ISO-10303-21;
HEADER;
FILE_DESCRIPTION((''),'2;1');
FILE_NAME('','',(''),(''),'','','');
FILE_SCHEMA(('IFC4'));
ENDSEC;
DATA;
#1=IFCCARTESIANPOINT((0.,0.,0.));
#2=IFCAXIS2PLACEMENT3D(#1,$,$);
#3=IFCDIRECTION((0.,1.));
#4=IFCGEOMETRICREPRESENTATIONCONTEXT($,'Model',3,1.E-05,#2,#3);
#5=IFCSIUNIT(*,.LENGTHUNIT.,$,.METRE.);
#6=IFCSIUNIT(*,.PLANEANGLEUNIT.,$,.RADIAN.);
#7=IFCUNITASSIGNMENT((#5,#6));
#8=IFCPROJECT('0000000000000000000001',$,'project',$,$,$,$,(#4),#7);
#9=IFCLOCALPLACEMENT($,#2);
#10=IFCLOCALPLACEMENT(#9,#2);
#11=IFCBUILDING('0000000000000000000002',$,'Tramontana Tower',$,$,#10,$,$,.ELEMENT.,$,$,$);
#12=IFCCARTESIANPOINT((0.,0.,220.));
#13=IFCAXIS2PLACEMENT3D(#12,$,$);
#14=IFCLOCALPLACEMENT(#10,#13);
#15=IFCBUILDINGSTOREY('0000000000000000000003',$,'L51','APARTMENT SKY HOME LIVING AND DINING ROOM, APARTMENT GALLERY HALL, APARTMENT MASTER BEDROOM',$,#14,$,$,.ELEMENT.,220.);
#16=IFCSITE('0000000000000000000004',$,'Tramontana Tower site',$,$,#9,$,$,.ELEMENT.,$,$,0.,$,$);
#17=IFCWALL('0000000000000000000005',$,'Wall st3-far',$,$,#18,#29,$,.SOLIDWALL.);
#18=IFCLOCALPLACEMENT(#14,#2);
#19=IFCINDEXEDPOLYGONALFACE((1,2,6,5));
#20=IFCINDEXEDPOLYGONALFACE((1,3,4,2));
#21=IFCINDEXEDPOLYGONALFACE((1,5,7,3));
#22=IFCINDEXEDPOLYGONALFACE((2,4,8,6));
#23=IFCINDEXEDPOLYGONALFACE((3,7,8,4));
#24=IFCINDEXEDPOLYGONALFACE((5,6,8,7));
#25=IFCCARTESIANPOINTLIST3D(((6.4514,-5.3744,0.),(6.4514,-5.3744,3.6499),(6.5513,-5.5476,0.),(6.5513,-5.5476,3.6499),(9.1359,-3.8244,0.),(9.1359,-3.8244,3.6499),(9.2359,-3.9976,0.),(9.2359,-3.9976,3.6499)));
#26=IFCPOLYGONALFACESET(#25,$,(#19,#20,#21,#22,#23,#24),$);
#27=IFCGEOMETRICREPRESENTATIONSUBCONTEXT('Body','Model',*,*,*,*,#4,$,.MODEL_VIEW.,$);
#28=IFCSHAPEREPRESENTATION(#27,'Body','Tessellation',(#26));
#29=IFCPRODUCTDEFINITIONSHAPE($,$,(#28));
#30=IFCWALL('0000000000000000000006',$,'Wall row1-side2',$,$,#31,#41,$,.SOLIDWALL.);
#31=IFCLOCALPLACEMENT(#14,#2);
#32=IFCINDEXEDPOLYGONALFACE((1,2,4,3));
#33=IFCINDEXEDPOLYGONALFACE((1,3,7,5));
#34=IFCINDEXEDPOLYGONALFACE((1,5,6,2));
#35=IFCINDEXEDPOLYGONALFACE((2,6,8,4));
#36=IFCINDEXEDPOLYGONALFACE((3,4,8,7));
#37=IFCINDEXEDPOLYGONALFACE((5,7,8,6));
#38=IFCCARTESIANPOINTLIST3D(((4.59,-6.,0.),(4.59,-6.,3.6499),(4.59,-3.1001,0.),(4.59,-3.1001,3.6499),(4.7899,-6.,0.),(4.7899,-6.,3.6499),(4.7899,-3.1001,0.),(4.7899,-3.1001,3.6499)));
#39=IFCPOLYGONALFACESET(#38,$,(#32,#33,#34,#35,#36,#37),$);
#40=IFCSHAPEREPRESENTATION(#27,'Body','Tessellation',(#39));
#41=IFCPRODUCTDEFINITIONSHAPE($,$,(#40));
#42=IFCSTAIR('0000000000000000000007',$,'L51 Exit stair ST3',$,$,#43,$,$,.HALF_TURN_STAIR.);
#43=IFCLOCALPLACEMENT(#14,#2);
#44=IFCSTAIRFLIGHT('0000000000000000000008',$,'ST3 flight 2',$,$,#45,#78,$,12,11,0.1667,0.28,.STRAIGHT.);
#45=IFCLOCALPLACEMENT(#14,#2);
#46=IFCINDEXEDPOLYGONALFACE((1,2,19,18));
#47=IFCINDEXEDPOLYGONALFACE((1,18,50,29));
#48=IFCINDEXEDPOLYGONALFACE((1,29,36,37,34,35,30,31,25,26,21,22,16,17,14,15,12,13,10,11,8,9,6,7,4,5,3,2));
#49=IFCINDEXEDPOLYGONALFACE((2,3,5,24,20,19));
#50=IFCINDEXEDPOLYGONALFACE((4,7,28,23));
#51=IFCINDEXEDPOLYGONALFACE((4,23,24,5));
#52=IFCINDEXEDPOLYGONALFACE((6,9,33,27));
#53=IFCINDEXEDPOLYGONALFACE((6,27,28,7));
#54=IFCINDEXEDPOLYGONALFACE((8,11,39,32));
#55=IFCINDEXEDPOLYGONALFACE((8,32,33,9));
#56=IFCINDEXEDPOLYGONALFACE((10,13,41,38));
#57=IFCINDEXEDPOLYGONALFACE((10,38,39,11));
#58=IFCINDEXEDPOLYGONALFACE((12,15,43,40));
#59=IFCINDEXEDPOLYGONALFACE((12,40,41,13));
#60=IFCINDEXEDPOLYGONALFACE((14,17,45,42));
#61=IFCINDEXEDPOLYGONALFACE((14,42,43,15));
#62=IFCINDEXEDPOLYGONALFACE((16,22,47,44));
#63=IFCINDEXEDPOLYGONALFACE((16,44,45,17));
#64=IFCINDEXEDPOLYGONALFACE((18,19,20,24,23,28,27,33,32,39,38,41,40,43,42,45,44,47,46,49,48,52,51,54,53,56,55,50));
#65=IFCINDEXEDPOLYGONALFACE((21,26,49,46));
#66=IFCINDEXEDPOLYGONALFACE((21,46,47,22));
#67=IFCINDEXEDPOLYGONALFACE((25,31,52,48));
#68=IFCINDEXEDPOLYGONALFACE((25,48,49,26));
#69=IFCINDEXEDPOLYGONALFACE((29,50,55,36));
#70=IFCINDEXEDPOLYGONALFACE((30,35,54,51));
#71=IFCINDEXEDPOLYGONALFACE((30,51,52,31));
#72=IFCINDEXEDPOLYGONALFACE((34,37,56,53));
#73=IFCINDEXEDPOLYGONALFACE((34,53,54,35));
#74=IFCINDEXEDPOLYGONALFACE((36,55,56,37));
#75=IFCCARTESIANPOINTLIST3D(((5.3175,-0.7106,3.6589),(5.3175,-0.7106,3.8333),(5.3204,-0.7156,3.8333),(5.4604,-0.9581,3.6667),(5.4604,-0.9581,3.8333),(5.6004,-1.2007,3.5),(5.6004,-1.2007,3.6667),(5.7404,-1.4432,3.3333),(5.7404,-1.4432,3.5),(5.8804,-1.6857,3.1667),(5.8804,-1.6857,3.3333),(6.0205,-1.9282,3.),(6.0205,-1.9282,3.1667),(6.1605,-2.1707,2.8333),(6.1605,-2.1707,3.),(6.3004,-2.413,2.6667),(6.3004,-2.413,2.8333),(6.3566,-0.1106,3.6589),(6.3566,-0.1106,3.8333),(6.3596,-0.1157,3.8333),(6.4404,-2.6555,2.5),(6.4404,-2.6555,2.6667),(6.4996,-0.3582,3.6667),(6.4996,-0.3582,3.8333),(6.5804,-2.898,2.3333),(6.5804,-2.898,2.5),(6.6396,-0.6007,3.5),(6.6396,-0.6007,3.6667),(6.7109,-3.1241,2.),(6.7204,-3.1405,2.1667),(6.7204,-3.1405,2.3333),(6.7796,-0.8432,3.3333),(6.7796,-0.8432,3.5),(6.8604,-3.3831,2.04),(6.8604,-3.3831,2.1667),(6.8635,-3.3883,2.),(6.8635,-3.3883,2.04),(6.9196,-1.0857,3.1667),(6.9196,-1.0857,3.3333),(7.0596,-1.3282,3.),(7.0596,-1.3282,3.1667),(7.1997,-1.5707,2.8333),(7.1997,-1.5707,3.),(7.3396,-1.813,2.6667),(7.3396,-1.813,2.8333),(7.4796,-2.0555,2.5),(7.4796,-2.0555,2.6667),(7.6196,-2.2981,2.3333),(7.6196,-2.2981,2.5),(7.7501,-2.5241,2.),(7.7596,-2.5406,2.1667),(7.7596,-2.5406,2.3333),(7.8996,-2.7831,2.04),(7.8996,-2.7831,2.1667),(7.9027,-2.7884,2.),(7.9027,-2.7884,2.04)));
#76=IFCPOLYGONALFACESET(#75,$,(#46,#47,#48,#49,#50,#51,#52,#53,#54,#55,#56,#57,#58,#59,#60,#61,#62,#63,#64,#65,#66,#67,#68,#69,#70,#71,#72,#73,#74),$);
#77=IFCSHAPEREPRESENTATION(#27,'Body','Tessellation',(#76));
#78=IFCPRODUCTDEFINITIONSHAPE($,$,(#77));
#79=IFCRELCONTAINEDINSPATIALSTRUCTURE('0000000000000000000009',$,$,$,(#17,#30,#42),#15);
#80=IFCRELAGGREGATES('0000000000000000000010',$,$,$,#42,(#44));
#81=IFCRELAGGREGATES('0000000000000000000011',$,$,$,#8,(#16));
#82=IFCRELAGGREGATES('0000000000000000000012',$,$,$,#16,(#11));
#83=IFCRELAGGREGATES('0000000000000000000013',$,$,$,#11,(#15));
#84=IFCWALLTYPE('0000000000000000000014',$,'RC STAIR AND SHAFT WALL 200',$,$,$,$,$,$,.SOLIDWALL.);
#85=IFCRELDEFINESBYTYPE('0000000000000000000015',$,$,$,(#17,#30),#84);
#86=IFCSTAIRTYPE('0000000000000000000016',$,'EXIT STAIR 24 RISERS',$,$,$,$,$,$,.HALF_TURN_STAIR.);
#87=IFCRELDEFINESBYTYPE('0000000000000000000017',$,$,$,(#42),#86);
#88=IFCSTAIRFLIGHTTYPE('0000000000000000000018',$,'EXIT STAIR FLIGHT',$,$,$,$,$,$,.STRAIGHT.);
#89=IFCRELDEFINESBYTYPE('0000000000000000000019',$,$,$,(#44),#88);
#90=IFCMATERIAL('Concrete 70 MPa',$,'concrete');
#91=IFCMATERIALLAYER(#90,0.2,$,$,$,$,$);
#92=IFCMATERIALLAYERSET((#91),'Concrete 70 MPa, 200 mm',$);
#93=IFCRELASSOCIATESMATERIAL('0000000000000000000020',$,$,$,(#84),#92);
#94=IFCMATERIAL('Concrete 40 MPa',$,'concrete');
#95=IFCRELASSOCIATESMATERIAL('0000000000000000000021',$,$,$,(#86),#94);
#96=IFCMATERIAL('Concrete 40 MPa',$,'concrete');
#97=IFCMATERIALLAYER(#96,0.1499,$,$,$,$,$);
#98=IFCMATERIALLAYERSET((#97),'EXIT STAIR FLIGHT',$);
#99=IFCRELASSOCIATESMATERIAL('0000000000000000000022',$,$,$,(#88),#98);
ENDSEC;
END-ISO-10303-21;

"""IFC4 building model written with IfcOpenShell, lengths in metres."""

from ifc_helpers import new_model, si_unit, direction, frame, frame_2d, origin, place, context, subcontext, project, spatial, polyline, rectangle, outline, extrude, material, layer, layer_set, type_object, element, aggregate, save


model = new_model("IFC4")

# Units and contexts
model_context = context("Model", 3, precision=1e-05, world=origin(), true_north=direction((0.0, 1.0)))
body_context = subcontext(model_context, "Body", "Model", "MODEL_VIEW")
ifc_project = project(units=[si_unit("LENGTHUNIT", "METRE"), si_unit("PLANEANGLEUNIT", "RADIAN")], contexts=[model_context])

# Site, building, storey
site_placement = place(None, origin())
site = spatial("IfcSite", under=ifc_project, at=site_placement, Name="Tramontana Tower site", CompositionType="ELEMENT", RefElevation=0.0)
building_placement = place(site_placement, origin())
building = spatial("IfcBuilding", under=site, at=building_placement, Name="Tramontana Tower", CompositionType="ELEMENT")
storey_placement = place(building_placement, frame((0.0, 0.0, 220.0)))
storey = spatial("IfcBuildingStorey", under=building, at=storey_placement, Name="L51", Description="APARTMENT SKY HOME LIVING AND DINING ROOM, APARTMENT GALLERY HALL, APARTMENT MASTER BEDROOM", CompositionType="ELEMENT", Elevation=220.0)

# Wall
ifc_material_1 = material(Name="Concrete 70 MPa", Category="concrete")
ifc_layer_1 = layer(ifc_material_1, 0.2)
ifc_layer_set_1 = layer_set([ifc_layer_1], Name="Concrete 70 MPa, 200 mm")
wall_type_1 = type_object("IfcWallType", Name="RC STAIR AND SHAFT WALL 200", PredefinedType="SOLIDWALL", material=ifc_layer_set_1)
wall_1_placement = place(storey_placement, frame((6.5015, -5.4609, 0.0), z_axis=(0.0, 0.0, 1.0), x_axis=(0.86601, 0.500027, 0.0)))
element("IfcWall", 1, at=wall_1_placement, inside=storey, type_object=wall_type_1, Name="Wall st3-far", PredefinedType="SOLIDWALL", context=body_context, shape_type="SweptSolid", body=[
    extrude(rectangle(XDim=3.0999, YDim=0.2, at=frame_2d((1.5498, 0.0))), origin(), (0.0, 0.0, 1.0), 3.6499),
])

# Wall
wall_2_placement = place(storey_placement, frame((4.6899, -3.1001, 0.0), z_axis=(0.0, 0.0, 1.0), x_axis=(0.0, -1.0, 0.0)))
element("IfcWall", 2, at=wall_2_placement, inside=storey, type_object=wall_type_1, Name="Wall row1-side2", PredefinedType="SOLIDWALL", context=body_context, shape_type="SweptSolid", body=[
    extrude(rectangle(XDim=2.8999, YDim=0.2, at=frame_2d((1.45, 0.0))), origin(), (0.0, 0.0, 1.0), 3.6499),
])

# Stair, stair flight
ifc_material_2 = material(Name="Concrete 40 MPa", Category="concrete")
stair_type = type_object("IfcStairType", Name="EXIT STAIR 24 RISERS", PredefinedType="HALF_TURN_STAIR", material=ifc_material_2)
stair_placement = place(storey_placement, origin())
stair = element("IfcStair", 3, at=stair_placement, inside=storey, type_object=stair_type, Name="L51 Exit stair ST3", PredefinedType="HALF_TURN_STAIR")
ifc_material_3 = material(Name="Concrete 40 MPa", Category="concrete")
ifc_layer_2 = layer(ifc_material_3, 0.1499)
ifc_layer_set_2 = layer_set([ifc_layer_2], Name="EXIT STAIR FLIGHT")
stair_flight_type = type_object("IfcStairFlightType", Name="EXIT STAIR FLIGHT", PredefinedType="STRAIGHT", material=ifc_layer_set_2)
stair_flight_placement = place(storey_placement, frame((7.3801, -3.083, 2.0), z_axis=(0.0, 0.0, 1.0), x_axis=(-0.5, 0.866025, 0.0)))
stair_flight = element("IfcStairFlight", 4, at=stair_flight_placement, type_object=stair_flight_type, Name="ST3 flight 2", NumberOfRisers=12, NumberOfTreads=11, PredefinedType="STRAIGHT", RiserHeight=0.1667, TreadLength=0.28, context=body_context, shape_type="SweptSolid", body=[
    extrude(outline(polyline([(-0.0061, 0.0), (-0.0061, 0.04), (0.0, 0.04), (0.0, 0.1667), (0.28, 0.1667), (0.28, 0.3333), (0.5601, 0.3333), (0.5601, 0.5), (0.8401, 0.5), (0.8401, 0.6667), (1.1201, 0.6667), (1.1201, 0.8333), (1.3999, 0.8333), (1.3999, 1.0), (1.6799, 1.0), (1.6799, 1.1667), (1.96, 1.1667), (1.96, 1.3333), (2.24, 1.3333), (2.24, 1.5), (2.52, 1.5), (2.52, 1.6667), (2.8, 1.6667), (2.8, 1.8333), (3.0801, 1.8333), (3.0859, 1.8333), (3.0859, 1.6589), (0.2991, 0.0), (-0.0061, 0.0)])), frame((0.0, 0.6001, 0.0), z_axis=(0.0, -1.0, 0.0), x_axis=(1.0, 0.0, 0.0)), (0.0, 0.0, 1.0), 1.2),
])
aggregate(stair, [stair_flight])

save(model, "model.ifc")
